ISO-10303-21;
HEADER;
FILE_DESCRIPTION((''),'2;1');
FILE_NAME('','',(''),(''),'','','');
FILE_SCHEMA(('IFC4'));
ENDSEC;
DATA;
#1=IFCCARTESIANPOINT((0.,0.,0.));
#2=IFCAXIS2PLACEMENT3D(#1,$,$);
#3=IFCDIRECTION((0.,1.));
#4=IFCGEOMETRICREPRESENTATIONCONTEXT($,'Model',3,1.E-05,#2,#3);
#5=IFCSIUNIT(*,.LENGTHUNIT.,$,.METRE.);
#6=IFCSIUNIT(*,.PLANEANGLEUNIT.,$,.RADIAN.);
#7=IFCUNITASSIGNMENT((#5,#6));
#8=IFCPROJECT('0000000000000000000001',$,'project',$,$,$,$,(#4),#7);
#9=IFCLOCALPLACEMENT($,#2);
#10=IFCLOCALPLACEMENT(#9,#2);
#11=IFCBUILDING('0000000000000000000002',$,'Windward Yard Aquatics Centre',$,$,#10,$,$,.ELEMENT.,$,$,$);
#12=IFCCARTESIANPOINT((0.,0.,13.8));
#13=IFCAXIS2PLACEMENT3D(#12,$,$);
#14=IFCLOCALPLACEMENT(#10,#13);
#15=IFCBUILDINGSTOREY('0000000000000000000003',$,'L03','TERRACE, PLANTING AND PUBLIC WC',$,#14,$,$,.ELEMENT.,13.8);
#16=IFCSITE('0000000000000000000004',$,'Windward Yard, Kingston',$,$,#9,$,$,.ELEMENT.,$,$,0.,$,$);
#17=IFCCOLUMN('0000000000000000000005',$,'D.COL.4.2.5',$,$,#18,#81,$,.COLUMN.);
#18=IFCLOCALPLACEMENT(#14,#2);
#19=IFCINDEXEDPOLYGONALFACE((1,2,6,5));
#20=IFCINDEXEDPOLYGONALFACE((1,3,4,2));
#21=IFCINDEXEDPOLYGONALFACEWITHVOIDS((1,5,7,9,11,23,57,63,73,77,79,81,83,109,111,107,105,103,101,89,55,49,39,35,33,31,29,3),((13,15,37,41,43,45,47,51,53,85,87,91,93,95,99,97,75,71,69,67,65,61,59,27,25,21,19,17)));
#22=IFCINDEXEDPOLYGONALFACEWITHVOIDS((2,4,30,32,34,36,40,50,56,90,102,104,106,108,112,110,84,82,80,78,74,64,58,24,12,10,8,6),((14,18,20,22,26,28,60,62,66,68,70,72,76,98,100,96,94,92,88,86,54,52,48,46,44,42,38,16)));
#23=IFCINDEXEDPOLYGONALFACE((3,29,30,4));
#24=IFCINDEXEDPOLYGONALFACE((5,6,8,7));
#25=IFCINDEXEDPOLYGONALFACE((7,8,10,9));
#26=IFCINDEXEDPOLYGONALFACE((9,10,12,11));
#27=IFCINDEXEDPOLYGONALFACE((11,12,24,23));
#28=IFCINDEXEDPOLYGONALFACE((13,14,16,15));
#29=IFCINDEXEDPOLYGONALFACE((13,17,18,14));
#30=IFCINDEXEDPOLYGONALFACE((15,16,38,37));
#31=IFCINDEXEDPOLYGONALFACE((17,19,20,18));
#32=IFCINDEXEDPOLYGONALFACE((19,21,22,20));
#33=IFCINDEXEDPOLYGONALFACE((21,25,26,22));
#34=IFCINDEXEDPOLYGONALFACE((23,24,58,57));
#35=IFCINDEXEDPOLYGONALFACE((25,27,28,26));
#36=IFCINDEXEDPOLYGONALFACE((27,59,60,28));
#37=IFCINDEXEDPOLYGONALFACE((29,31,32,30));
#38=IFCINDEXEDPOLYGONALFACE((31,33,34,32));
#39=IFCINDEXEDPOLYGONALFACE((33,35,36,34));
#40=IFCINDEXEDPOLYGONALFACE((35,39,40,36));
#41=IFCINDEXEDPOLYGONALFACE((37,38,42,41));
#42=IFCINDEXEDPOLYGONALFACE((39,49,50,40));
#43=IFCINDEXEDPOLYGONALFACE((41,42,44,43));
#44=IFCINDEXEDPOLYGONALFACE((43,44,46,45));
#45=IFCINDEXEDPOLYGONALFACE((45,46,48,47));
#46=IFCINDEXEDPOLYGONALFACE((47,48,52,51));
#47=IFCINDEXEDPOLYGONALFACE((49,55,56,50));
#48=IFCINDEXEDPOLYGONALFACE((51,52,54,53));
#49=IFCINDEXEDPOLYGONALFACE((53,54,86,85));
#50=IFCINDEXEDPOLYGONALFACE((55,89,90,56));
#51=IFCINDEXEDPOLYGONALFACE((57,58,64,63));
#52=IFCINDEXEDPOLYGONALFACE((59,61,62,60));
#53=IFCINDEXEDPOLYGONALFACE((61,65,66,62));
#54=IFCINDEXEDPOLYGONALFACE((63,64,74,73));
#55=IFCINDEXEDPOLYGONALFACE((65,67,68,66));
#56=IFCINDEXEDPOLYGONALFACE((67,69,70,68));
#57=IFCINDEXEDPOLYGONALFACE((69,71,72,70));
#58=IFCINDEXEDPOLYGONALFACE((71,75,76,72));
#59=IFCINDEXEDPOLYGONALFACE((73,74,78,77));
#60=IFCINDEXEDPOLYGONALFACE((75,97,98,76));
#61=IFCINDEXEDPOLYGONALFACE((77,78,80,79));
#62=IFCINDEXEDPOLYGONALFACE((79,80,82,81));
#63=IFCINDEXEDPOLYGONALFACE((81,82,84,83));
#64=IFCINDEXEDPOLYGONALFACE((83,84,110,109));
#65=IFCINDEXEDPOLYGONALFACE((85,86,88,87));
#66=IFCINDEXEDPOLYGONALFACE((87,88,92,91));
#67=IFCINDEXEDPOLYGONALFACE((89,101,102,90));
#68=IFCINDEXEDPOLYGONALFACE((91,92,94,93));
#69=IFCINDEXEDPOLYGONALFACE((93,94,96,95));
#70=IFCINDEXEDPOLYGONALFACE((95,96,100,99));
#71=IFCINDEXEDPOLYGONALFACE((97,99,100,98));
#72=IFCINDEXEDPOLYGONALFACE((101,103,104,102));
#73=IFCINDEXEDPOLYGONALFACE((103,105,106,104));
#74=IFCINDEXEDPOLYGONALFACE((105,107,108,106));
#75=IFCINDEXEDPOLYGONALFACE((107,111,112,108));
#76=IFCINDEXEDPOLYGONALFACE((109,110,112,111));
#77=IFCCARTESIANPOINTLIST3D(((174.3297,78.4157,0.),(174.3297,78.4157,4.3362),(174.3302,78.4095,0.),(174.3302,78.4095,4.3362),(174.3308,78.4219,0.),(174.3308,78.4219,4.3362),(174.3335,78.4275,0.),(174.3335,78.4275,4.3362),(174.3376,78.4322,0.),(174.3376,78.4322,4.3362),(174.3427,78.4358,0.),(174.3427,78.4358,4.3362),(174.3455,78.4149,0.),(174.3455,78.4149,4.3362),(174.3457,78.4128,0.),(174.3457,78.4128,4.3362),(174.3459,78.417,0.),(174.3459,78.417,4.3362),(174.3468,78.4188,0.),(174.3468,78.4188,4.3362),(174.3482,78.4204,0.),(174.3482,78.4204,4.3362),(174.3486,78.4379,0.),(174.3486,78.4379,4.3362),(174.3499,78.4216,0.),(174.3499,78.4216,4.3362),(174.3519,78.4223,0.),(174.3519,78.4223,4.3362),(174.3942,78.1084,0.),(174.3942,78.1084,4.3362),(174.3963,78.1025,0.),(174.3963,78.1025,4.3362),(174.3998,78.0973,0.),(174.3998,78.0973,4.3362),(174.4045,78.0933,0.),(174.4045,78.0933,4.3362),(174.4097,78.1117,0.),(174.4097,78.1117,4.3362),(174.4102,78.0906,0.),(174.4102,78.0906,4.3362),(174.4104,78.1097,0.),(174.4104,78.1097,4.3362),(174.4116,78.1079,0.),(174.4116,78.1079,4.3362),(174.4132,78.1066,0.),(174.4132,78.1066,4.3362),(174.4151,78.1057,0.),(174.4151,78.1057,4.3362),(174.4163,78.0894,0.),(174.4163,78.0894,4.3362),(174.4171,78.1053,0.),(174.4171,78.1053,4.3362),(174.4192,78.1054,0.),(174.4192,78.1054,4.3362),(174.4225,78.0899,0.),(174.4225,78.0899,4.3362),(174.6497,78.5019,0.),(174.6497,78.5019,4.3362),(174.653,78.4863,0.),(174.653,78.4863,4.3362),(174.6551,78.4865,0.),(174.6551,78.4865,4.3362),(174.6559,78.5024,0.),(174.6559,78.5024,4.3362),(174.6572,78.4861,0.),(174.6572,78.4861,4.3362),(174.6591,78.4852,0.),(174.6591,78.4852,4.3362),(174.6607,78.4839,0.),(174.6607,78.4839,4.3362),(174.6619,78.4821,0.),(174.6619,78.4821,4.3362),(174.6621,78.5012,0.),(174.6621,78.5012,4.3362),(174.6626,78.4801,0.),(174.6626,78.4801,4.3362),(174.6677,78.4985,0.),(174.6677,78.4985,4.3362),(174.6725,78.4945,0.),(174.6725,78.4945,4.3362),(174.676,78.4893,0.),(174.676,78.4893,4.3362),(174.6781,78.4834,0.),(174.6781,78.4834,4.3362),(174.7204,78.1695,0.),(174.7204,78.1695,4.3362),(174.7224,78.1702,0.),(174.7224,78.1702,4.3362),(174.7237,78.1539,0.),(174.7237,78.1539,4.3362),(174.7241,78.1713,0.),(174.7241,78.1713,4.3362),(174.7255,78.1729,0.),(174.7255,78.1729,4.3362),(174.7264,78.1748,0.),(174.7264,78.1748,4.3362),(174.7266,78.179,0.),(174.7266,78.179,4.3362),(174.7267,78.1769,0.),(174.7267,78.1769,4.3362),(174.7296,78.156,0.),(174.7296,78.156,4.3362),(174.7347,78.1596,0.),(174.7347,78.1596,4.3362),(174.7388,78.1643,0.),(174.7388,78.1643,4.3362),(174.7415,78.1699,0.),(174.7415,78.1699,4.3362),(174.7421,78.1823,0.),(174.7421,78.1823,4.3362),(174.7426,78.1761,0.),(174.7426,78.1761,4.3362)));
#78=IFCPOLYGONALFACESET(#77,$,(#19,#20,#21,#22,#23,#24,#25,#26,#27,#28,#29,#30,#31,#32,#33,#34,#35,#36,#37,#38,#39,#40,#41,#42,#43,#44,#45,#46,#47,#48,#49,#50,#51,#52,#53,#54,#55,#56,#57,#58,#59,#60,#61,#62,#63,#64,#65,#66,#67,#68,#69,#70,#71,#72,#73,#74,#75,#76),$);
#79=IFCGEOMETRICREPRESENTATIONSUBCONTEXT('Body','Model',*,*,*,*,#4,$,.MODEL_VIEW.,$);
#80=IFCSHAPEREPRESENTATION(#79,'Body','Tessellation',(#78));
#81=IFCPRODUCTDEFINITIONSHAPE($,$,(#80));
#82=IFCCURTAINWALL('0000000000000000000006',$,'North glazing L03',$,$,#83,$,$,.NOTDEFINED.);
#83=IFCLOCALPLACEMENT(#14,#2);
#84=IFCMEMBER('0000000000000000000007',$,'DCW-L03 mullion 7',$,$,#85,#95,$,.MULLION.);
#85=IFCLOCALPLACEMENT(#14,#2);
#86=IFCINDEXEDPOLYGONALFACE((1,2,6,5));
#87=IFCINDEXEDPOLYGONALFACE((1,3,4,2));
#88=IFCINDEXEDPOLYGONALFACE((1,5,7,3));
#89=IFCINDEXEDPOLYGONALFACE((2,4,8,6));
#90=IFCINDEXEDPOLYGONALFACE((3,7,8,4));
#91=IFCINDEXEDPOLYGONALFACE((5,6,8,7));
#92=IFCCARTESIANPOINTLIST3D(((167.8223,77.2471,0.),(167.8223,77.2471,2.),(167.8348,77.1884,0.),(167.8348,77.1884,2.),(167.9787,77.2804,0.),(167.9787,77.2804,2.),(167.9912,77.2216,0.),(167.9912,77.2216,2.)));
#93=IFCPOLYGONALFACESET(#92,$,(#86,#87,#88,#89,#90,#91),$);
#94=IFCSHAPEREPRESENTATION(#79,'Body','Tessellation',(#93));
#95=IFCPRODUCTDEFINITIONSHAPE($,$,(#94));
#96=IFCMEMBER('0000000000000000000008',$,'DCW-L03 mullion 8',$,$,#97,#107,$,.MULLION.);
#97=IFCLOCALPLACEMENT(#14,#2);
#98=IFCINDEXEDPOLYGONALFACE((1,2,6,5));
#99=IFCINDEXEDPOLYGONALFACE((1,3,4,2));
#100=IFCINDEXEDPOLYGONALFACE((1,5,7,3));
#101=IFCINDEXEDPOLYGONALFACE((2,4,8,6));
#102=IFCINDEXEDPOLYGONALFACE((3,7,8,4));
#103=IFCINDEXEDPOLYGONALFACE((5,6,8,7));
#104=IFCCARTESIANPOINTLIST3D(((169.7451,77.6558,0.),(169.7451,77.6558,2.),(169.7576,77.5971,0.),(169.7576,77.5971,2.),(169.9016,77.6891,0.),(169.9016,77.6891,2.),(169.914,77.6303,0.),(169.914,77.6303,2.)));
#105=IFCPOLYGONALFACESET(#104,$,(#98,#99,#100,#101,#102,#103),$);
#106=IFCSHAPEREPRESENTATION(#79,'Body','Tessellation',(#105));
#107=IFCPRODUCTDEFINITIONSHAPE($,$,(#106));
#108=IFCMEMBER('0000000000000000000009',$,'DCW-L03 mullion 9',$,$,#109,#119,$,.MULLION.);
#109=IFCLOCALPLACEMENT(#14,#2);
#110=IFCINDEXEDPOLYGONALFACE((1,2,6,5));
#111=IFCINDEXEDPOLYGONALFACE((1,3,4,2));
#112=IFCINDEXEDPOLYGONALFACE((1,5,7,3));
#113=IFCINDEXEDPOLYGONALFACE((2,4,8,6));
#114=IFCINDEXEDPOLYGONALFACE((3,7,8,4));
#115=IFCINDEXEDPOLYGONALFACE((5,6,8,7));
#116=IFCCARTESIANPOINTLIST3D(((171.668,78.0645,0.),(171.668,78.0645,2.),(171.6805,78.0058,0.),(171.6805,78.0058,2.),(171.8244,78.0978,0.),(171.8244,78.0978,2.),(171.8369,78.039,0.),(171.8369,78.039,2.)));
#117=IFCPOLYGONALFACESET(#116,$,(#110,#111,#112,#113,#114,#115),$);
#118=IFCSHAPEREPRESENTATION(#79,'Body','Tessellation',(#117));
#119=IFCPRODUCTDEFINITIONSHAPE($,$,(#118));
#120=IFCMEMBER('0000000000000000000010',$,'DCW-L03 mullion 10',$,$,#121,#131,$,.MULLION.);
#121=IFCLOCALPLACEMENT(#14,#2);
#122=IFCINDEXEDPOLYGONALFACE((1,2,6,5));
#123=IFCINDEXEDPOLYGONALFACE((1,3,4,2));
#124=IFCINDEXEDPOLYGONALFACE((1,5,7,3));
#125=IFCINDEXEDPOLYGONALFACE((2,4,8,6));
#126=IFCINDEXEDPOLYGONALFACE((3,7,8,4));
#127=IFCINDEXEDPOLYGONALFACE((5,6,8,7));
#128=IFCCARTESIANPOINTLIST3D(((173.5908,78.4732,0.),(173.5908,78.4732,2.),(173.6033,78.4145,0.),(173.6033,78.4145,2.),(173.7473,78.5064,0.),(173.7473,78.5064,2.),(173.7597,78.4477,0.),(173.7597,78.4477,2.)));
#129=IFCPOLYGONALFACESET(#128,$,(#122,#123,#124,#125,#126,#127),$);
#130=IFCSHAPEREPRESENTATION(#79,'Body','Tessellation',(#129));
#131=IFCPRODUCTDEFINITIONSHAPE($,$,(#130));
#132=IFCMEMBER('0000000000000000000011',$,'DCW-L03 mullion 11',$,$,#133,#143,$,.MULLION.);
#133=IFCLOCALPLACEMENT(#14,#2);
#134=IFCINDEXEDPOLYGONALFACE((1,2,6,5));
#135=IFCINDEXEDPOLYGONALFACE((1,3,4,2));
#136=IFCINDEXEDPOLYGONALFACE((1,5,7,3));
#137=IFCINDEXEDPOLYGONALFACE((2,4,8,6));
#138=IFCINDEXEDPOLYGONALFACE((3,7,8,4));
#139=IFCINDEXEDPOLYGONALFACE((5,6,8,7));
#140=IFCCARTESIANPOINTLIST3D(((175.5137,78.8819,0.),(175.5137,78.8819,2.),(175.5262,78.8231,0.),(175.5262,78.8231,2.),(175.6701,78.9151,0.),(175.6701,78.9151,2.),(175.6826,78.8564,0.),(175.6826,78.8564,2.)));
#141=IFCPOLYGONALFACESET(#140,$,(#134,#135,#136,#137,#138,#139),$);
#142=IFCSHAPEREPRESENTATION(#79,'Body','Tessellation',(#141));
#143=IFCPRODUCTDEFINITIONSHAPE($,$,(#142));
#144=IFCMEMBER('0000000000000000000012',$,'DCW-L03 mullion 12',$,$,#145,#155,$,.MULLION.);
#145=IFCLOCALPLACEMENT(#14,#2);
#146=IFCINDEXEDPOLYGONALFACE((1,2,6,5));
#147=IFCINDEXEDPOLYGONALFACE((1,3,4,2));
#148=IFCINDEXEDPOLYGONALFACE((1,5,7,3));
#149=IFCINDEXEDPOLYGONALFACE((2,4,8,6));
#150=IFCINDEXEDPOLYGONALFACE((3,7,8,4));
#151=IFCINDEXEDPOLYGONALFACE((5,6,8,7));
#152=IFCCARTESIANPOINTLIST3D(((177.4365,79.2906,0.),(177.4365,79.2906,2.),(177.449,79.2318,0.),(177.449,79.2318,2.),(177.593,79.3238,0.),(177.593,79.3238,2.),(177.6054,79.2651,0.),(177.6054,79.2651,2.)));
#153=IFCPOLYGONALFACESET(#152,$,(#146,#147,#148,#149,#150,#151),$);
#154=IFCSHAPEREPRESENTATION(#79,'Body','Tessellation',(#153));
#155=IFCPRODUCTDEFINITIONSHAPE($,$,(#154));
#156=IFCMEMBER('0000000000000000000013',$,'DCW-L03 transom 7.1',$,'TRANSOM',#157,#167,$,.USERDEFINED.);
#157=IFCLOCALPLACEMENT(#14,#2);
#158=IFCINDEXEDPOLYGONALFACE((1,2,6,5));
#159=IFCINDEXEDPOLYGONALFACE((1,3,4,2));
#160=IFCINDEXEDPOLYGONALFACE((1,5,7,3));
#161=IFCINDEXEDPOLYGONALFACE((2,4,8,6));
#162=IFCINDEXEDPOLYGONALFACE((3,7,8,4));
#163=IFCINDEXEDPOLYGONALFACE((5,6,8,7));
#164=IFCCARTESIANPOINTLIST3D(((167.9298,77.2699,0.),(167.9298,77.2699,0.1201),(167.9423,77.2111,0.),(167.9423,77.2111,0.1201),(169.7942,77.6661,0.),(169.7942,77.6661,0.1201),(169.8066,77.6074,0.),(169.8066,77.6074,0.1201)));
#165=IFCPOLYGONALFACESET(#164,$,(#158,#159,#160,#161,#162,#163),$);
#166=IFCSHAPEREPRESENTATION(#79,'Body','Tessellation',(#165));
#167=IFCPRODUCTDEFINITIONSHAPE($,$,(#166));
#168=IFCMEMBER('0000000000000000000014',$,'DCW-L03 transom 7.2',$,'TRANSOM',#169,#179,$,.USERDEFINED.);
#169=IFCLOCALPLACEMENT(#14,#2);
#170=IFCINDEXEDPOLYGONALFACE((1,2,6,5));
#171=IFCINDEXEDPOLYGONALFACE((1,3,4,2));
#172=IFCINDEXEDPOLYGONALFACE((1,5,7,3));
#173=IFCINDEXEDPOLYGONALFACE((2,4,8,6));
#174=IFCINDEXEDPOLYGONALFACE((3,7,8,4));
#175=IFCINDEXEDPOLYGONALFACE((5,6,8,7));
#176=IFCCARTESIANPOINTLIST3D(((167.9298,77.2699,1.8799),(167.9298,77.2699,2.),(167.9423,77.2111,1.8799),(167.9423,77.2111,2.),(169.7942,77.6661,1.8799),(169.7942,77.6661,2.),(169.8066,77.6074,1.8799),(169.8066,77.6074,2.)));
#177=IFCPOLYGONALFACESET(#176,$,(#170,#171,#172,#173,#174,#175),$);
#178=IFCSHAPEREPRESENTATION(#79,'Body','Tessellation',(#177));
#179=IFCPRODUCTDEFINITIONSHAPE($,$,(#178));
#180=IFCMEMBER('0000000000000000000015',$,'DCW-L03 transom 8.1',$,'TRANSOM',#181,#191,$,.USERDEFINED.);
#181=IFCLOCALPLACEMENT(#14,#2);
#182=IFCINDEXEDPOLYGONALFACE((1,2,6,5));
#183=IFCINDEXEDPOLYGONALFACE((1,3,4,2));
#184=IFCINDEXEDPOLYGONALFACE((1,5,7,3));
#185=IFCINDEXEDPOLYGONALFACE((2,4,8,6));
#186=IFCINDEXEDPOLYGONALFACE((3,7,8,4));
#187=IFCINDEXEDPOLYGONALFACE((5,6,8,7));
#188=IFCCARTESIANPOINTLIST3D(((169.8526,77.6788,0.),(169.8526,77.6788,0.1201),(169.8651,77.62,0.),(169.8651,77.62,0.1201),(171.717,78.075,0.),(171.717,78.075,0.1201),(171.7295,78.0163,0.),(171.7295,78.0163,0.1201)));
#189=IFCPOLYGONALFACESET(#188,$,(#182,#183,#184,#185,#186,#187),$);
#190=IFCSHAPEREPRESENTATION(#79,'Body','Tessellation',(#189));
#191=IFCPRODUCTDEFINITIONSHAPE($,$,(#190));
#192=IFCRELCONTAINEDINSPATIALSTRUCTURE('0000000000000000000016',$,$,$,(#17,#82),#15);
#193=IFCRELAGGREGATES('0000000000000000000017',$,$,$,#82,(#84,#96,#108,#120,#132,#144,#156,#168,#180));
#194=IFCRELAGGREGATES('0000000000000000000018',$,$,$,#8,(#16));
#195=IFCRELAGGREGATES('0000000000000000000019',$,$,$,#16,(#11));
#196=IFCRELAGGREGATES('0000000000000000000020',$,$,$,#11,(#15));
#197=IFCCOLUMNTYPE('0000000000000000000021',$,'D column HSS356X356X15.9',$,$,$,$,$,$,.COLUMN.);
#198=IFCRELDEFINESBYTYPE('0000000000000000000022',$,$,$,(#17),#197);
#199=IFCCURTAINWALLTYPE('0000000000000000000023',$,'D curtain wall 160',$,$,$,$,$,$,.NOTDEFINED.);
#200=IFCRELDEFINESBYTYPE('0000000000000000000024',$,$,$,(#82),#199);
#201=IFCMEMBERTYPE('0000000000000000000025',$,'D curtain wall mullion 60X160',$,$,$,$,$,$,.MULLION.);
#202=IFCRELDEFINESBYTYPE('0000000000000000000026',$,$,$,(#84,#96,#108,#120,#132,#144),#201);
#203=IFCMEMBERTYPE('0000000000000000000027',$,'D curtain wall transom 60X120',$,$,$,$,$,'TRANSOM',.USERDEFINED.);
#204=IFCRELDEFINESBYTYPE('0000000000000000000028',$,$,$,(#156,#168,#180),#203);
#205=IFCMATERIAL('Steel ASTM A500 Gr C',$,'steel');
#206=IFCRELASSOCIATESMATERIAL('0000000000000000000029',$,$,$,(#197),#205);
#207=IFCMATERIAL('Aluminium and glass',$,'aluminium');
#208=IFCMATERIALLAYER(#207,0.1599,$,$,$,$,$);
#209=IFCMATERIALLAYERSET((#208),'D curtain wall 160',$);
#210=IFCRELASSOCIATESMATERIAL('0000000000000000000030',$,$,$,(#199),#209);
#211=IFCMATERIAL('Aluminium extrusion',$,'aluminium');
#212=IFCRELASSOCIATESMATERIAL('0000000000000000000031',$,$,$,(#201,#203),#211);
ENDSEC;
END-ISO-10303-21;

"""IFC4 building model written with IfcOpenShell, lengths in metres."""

from ifc_helpers import new_model, si_unit, direction, frame, origin, origin_2d, place, context, subcontext, project, spatial, rectangle, hollow_rectangle, extrude, material, layer, layer_set, material_profile, profile_set, type_object, element, aggregate, save


model = new_model("IFC4")

# Units and contexts
model_context = context("Model", 3, precision=1e-05, world=origin(), true_north=direction((0.0, 1.0)))
body_context = subcontext(model_context, "Body", "Model", "MODEL_VIEW")
ifc_project = project(units=[si_unit("LENGTHUNIT", "METRE"), si_unit("PLANEANGLEUNIT", "RADIAN")], contexts=[model_context])

# Site, building, storey
site_placement = place(None, origin())
site = spatial("IfcSite", under=ifc_project, at=site_placement, Name="Windward Yard, Kingston", CompositionType="ELEMENT", RefElevation=0.0)
building_placement = place(site_placement, origin())
building = spatial("IfcBuilding", under=site, at=building_placement, Name="Windward Yard Aquatics Centre", CompositionType="ELEMENT")
storey_placement = place(building_placement, frame((0.0, 0.0, 13.8)))
storey = spatial("IfcBuildingStorey", under=building, at=storey_placement, Name="L03", Description="TERRACE, PLANTING AND PUBLIC WC", CompositionType="ELEMENT", Elevation=13.8)

# Column
ifc_material_1 = material(Name="Steel ASTM A500 Gr C", Category="steel")
ifc_material_profile_1 = material_profile(ifc_material_1, hollow_rectangle(XDim=0.3557, YDim=0.3557, WallThickness=0.0159, InnerFilletRadius=0.0081, OuterFilletRadius=0.0239, at=origin_2d()), Name="HSS356X356X15.9")
ifc_profile_set_1 = profile_set([ifc_material_profile_1], Name="Steel ASTM A500 Gr C")
column_type = type_object("IfcColumnType", Name="D column HSS356X356X15.9", PredefinedType="COLUMN", material=ifc_profile_set_1)
column_placement = place(storey_placement, frame((174.5361, 78.2959, 0.0), z_axis=(0.0, 0.0, 1.0), x_axis=(0.978148, 0.207912, 0.0)))
element("IfcColumn", 1, at=column_placement, inside=storey, type_object=column_type, Name="D.COL.4.2.5", PredefinedType="COLUMN", context=body_context, shape_type="SweptSolid", body=[
    extrude(hollow_rectangle(XDim=0.3557, YDim=0.3557, WallThickness=0.0159, InnerFilletRadius=0.0081, OuterFilletRadius=0.0239, at=origin_2d()), origin(), (0.0, 0.0, 1.0), 4.3362),
])

# Curtain wall, members
ifc_material_2 = material(Name="Aluminium and glass", Category="aluminium")
ifc_layer_1 = layer(ifc_material_2, 0.1599)
ifc_layer_set_1 = layer_set([ifc_layer_1], Name="D curtain wall 160")
curtain_wall_type = type_object("IfcCurtainWallType", Name="D curtain wall 160", PredefinedType="NOTDEFINED", material=ifc_layer_set_1)
curtain_wall_placement = place(storey_placement, origin())
curtain_wall = element("IfcCurtainWall", 2, at=curtain_wall_placement, inside=storey, type_object=curtain_wall_type, Name="North glazing L03", PredefinedType="NOTDEFINED")
ifc_material_3 = material(Name="Aluminium extrusion", Category="aluminium")
ifc_material_profile_2 = material_profile(ifc_material_3, rectangle(XDim=0.0601, YDim=0.1599, at=origin_2d()), Name="MULLION 60X160")
ifc_profile_set_2 = profile_set([ifc_material_profile_2], Name="Aluminium extrusion")
member_type_1 = type_object("IfcMemberType", Name="D curtain wall mullion 60X160", PredefinedType="MULLION", material=ifc_profile_set_2)
member_1_placement = place(storey_placement, frame((167.9067, 77.2344, 0.0), z_axis=(0.0, 0.0, 1.0), x_axis=(-0.207912, 0.978148, 0.0)))
member_1 = element("IfcMember", 3, at=member_1_placement, type_object=member_type_1, Name="DCW-L03 mullion 7", PredefinedType="MULLION", context=body_context, shape_type="SweptSolid", body=[
    extrude(rectangle(XDim=0.0601, YDim=0.1599, at=origin_2d()), origin(), (0.0, 0.0, 1.0), 2.0),
])
member_2_placement = place(storey_placement, frame((169.8296, 77.6431, 0.0), z_axis=(0.0, 0.0, 1.0), x_axis=(-0.207912, 0.978148, 0.0)))
member_2 = element("IfcMember", 4, at=member_2_placement, type_object=member_type_1, Name="DCW-L03 mullion 8", PredefinedType="MULLION", context=body_context, shape_type="SweptSolid", body=[
    extrude(rectangle(XDim=0.0601, YDim=0.1599, at=origin_2d()), origin(), (0.0, 0.0, 1.0), 2.0),
])
member_3_placement = place(storey_placement, frame((171.7524, 78.0518, 0.0), z_axis=(0.0, 0.0, 1.0), x_axis=(-0.207912, 0.978148, 0.0)))
member_3 = element("IfcMember", 5, at=member_3_placement, type_object=member_type_1, Name="DCW-L03 mullion 9", PredefinedType="MULLION", context=body_context, shape_type="SweptSolid", body=[
    extrude(rectangle(XDim=0.0601, YDim=0.1599, at=origin_2d()), origin(), (0.0, 0.0, 1.0), 2.0),
])
member_4_placement = place(storey_placement, frame((173.6753, 78.4604, 0.0), z_axis=(0.0, 0.0, 1.0), x_axis=(-0.207912, 0.978148, 0.0)))
member_4 = element("IfcMember", 6, at=member_4_placement, type_object=member_type_1, Name="DCW-L03 mullion 10", PredefinedType="MULLION", context=body_context, shape_type="SweptSolid", body=[
    extrude(rectangle(XDim=0.0601, YDim=0.1599, at=origin_2d()), origin(), (0.0, 0.0, 1.0), 2.0),
])
member_5_placement = place(storey_placement, frame((175.5981, 78.8691, 0.0), z_axis=(0.0, 0.0, 1.0), x_axis=(-0.207912, 0.978148, 0.0)))
member_5 = element("IfcMember", 7, at=member_5_placement, type_object=member_type_1, Name="DCW-L03 mullion 11", PredefinedType="MULLION", context=body_context, shape_type="SweptSolid", body=[
    extrude(rectangle(XDim=0.0601, YDim=0.1599, at=origin_2d()), origin(), (0.0, 0.0, 1.0), 2.0),
])
member_6_placement = place(storey_placement, frame((177.521, 79.2778, 0.0), z_axis=(0.0, 0.0, 1.0), x_axis=(-0.207912, 0.978148, 0.0)))
member_6 = element("IfcMember", 8, at=member_6_placement, type_object=member_type_1, Name="DCW-L03 mullion 12", PredefinedType="MULLION", context=body_context, shape_type="SweptSolid", body=[
    extrude(rectangle(XDim=0.0601, YDim=0.1599, at=origin_2d()), origin(), (0.0, 0.0, 1.0), 2.0),
])
ifc_material_profile_3 = material_profile(ifc_material_3, rectangle(XDim=0.0601, YDim=0.1201, at=origin_2d()), Name="TRANSOM 60X120")
ifc_profile_set_3 = profile_set([ifc_material_profile_3], Name="Aluminium extrusion")
member_type_2 = type_object("IfcMemberType", Name="D curtain wall transom 60X120", ElementType="TRANSOM", PredefinedType="USERDEFINED", material=ifc_profile_set_3)
member_7_placement = place(storey_placement, frame((167.936, 77.2405, 0.0601), z_axis=(0.97815, 0.207902, 0.0), x_axis=(-0.207902, 0.97815, 0.0)))
member_7 = element("IfcMember", 9, at=member_7_placement, type_object=member_type_2, Name="DCW-L03 transom 7.1", ObjectType="TRANSOM", PredefinedType="USERDEFINED", context=body_context, shape_type="SweptSolid", body=[
    extrude(rectangle(XDim=0.0601, YDim=0.1201, at=origin_2d()), origin(), (0.0, 0.0, 1.0), 1.906),
])
member_8_placement = place(storey_placement, frame((167.936, 77.2405, 1.9399), z_axis=(0.97815, 0.207902, 0.0), x_axis=(-0.207902, 0.97815, 0.0)))
member_8 = element("IfcMember", 10, at=member_8_placement, type_object=member_type_2, Name="DCW-L03 transom 7.2", ObjectType="TRANSOM", PredefinedType="USERDEFINED", context=body_context, shape_type="SweptSolid", body=[
    extrude(rectangle(XDim=0.0601, YDim=0.1201, at=origin_2d()), origin(), (0.0, 0.0, 1.0), 1.906),
])
member_9_placement = place(storey_placement, frame((169.8589, 77.6494, 0.0601), z_axis=(0.97815, 0.207902, 0.0), x_axis=(-0.207902, 0.97815, 0.0)))
member_9 = element("IfcMember", 11, at=member_9_placement, type_object=member_type_2, Name="DCW-L03 transom 8.1", ObjectType="TRANSOM", PredefinedType="USERDEFINED", context=body_context, shape_type="SweptSolid", body=[
    extrude(rectangle(XDim=0.0601, YDim=0.1201, at=origin_2d()), origin(), (0.0, 0.0, 1.0), 1.906),
])

aggregate(curtain_wall, [member_1, member_2, member_3, member_4, member_5, member_6, member_7, member_8, member_9])

save(model, "model.ifc")
